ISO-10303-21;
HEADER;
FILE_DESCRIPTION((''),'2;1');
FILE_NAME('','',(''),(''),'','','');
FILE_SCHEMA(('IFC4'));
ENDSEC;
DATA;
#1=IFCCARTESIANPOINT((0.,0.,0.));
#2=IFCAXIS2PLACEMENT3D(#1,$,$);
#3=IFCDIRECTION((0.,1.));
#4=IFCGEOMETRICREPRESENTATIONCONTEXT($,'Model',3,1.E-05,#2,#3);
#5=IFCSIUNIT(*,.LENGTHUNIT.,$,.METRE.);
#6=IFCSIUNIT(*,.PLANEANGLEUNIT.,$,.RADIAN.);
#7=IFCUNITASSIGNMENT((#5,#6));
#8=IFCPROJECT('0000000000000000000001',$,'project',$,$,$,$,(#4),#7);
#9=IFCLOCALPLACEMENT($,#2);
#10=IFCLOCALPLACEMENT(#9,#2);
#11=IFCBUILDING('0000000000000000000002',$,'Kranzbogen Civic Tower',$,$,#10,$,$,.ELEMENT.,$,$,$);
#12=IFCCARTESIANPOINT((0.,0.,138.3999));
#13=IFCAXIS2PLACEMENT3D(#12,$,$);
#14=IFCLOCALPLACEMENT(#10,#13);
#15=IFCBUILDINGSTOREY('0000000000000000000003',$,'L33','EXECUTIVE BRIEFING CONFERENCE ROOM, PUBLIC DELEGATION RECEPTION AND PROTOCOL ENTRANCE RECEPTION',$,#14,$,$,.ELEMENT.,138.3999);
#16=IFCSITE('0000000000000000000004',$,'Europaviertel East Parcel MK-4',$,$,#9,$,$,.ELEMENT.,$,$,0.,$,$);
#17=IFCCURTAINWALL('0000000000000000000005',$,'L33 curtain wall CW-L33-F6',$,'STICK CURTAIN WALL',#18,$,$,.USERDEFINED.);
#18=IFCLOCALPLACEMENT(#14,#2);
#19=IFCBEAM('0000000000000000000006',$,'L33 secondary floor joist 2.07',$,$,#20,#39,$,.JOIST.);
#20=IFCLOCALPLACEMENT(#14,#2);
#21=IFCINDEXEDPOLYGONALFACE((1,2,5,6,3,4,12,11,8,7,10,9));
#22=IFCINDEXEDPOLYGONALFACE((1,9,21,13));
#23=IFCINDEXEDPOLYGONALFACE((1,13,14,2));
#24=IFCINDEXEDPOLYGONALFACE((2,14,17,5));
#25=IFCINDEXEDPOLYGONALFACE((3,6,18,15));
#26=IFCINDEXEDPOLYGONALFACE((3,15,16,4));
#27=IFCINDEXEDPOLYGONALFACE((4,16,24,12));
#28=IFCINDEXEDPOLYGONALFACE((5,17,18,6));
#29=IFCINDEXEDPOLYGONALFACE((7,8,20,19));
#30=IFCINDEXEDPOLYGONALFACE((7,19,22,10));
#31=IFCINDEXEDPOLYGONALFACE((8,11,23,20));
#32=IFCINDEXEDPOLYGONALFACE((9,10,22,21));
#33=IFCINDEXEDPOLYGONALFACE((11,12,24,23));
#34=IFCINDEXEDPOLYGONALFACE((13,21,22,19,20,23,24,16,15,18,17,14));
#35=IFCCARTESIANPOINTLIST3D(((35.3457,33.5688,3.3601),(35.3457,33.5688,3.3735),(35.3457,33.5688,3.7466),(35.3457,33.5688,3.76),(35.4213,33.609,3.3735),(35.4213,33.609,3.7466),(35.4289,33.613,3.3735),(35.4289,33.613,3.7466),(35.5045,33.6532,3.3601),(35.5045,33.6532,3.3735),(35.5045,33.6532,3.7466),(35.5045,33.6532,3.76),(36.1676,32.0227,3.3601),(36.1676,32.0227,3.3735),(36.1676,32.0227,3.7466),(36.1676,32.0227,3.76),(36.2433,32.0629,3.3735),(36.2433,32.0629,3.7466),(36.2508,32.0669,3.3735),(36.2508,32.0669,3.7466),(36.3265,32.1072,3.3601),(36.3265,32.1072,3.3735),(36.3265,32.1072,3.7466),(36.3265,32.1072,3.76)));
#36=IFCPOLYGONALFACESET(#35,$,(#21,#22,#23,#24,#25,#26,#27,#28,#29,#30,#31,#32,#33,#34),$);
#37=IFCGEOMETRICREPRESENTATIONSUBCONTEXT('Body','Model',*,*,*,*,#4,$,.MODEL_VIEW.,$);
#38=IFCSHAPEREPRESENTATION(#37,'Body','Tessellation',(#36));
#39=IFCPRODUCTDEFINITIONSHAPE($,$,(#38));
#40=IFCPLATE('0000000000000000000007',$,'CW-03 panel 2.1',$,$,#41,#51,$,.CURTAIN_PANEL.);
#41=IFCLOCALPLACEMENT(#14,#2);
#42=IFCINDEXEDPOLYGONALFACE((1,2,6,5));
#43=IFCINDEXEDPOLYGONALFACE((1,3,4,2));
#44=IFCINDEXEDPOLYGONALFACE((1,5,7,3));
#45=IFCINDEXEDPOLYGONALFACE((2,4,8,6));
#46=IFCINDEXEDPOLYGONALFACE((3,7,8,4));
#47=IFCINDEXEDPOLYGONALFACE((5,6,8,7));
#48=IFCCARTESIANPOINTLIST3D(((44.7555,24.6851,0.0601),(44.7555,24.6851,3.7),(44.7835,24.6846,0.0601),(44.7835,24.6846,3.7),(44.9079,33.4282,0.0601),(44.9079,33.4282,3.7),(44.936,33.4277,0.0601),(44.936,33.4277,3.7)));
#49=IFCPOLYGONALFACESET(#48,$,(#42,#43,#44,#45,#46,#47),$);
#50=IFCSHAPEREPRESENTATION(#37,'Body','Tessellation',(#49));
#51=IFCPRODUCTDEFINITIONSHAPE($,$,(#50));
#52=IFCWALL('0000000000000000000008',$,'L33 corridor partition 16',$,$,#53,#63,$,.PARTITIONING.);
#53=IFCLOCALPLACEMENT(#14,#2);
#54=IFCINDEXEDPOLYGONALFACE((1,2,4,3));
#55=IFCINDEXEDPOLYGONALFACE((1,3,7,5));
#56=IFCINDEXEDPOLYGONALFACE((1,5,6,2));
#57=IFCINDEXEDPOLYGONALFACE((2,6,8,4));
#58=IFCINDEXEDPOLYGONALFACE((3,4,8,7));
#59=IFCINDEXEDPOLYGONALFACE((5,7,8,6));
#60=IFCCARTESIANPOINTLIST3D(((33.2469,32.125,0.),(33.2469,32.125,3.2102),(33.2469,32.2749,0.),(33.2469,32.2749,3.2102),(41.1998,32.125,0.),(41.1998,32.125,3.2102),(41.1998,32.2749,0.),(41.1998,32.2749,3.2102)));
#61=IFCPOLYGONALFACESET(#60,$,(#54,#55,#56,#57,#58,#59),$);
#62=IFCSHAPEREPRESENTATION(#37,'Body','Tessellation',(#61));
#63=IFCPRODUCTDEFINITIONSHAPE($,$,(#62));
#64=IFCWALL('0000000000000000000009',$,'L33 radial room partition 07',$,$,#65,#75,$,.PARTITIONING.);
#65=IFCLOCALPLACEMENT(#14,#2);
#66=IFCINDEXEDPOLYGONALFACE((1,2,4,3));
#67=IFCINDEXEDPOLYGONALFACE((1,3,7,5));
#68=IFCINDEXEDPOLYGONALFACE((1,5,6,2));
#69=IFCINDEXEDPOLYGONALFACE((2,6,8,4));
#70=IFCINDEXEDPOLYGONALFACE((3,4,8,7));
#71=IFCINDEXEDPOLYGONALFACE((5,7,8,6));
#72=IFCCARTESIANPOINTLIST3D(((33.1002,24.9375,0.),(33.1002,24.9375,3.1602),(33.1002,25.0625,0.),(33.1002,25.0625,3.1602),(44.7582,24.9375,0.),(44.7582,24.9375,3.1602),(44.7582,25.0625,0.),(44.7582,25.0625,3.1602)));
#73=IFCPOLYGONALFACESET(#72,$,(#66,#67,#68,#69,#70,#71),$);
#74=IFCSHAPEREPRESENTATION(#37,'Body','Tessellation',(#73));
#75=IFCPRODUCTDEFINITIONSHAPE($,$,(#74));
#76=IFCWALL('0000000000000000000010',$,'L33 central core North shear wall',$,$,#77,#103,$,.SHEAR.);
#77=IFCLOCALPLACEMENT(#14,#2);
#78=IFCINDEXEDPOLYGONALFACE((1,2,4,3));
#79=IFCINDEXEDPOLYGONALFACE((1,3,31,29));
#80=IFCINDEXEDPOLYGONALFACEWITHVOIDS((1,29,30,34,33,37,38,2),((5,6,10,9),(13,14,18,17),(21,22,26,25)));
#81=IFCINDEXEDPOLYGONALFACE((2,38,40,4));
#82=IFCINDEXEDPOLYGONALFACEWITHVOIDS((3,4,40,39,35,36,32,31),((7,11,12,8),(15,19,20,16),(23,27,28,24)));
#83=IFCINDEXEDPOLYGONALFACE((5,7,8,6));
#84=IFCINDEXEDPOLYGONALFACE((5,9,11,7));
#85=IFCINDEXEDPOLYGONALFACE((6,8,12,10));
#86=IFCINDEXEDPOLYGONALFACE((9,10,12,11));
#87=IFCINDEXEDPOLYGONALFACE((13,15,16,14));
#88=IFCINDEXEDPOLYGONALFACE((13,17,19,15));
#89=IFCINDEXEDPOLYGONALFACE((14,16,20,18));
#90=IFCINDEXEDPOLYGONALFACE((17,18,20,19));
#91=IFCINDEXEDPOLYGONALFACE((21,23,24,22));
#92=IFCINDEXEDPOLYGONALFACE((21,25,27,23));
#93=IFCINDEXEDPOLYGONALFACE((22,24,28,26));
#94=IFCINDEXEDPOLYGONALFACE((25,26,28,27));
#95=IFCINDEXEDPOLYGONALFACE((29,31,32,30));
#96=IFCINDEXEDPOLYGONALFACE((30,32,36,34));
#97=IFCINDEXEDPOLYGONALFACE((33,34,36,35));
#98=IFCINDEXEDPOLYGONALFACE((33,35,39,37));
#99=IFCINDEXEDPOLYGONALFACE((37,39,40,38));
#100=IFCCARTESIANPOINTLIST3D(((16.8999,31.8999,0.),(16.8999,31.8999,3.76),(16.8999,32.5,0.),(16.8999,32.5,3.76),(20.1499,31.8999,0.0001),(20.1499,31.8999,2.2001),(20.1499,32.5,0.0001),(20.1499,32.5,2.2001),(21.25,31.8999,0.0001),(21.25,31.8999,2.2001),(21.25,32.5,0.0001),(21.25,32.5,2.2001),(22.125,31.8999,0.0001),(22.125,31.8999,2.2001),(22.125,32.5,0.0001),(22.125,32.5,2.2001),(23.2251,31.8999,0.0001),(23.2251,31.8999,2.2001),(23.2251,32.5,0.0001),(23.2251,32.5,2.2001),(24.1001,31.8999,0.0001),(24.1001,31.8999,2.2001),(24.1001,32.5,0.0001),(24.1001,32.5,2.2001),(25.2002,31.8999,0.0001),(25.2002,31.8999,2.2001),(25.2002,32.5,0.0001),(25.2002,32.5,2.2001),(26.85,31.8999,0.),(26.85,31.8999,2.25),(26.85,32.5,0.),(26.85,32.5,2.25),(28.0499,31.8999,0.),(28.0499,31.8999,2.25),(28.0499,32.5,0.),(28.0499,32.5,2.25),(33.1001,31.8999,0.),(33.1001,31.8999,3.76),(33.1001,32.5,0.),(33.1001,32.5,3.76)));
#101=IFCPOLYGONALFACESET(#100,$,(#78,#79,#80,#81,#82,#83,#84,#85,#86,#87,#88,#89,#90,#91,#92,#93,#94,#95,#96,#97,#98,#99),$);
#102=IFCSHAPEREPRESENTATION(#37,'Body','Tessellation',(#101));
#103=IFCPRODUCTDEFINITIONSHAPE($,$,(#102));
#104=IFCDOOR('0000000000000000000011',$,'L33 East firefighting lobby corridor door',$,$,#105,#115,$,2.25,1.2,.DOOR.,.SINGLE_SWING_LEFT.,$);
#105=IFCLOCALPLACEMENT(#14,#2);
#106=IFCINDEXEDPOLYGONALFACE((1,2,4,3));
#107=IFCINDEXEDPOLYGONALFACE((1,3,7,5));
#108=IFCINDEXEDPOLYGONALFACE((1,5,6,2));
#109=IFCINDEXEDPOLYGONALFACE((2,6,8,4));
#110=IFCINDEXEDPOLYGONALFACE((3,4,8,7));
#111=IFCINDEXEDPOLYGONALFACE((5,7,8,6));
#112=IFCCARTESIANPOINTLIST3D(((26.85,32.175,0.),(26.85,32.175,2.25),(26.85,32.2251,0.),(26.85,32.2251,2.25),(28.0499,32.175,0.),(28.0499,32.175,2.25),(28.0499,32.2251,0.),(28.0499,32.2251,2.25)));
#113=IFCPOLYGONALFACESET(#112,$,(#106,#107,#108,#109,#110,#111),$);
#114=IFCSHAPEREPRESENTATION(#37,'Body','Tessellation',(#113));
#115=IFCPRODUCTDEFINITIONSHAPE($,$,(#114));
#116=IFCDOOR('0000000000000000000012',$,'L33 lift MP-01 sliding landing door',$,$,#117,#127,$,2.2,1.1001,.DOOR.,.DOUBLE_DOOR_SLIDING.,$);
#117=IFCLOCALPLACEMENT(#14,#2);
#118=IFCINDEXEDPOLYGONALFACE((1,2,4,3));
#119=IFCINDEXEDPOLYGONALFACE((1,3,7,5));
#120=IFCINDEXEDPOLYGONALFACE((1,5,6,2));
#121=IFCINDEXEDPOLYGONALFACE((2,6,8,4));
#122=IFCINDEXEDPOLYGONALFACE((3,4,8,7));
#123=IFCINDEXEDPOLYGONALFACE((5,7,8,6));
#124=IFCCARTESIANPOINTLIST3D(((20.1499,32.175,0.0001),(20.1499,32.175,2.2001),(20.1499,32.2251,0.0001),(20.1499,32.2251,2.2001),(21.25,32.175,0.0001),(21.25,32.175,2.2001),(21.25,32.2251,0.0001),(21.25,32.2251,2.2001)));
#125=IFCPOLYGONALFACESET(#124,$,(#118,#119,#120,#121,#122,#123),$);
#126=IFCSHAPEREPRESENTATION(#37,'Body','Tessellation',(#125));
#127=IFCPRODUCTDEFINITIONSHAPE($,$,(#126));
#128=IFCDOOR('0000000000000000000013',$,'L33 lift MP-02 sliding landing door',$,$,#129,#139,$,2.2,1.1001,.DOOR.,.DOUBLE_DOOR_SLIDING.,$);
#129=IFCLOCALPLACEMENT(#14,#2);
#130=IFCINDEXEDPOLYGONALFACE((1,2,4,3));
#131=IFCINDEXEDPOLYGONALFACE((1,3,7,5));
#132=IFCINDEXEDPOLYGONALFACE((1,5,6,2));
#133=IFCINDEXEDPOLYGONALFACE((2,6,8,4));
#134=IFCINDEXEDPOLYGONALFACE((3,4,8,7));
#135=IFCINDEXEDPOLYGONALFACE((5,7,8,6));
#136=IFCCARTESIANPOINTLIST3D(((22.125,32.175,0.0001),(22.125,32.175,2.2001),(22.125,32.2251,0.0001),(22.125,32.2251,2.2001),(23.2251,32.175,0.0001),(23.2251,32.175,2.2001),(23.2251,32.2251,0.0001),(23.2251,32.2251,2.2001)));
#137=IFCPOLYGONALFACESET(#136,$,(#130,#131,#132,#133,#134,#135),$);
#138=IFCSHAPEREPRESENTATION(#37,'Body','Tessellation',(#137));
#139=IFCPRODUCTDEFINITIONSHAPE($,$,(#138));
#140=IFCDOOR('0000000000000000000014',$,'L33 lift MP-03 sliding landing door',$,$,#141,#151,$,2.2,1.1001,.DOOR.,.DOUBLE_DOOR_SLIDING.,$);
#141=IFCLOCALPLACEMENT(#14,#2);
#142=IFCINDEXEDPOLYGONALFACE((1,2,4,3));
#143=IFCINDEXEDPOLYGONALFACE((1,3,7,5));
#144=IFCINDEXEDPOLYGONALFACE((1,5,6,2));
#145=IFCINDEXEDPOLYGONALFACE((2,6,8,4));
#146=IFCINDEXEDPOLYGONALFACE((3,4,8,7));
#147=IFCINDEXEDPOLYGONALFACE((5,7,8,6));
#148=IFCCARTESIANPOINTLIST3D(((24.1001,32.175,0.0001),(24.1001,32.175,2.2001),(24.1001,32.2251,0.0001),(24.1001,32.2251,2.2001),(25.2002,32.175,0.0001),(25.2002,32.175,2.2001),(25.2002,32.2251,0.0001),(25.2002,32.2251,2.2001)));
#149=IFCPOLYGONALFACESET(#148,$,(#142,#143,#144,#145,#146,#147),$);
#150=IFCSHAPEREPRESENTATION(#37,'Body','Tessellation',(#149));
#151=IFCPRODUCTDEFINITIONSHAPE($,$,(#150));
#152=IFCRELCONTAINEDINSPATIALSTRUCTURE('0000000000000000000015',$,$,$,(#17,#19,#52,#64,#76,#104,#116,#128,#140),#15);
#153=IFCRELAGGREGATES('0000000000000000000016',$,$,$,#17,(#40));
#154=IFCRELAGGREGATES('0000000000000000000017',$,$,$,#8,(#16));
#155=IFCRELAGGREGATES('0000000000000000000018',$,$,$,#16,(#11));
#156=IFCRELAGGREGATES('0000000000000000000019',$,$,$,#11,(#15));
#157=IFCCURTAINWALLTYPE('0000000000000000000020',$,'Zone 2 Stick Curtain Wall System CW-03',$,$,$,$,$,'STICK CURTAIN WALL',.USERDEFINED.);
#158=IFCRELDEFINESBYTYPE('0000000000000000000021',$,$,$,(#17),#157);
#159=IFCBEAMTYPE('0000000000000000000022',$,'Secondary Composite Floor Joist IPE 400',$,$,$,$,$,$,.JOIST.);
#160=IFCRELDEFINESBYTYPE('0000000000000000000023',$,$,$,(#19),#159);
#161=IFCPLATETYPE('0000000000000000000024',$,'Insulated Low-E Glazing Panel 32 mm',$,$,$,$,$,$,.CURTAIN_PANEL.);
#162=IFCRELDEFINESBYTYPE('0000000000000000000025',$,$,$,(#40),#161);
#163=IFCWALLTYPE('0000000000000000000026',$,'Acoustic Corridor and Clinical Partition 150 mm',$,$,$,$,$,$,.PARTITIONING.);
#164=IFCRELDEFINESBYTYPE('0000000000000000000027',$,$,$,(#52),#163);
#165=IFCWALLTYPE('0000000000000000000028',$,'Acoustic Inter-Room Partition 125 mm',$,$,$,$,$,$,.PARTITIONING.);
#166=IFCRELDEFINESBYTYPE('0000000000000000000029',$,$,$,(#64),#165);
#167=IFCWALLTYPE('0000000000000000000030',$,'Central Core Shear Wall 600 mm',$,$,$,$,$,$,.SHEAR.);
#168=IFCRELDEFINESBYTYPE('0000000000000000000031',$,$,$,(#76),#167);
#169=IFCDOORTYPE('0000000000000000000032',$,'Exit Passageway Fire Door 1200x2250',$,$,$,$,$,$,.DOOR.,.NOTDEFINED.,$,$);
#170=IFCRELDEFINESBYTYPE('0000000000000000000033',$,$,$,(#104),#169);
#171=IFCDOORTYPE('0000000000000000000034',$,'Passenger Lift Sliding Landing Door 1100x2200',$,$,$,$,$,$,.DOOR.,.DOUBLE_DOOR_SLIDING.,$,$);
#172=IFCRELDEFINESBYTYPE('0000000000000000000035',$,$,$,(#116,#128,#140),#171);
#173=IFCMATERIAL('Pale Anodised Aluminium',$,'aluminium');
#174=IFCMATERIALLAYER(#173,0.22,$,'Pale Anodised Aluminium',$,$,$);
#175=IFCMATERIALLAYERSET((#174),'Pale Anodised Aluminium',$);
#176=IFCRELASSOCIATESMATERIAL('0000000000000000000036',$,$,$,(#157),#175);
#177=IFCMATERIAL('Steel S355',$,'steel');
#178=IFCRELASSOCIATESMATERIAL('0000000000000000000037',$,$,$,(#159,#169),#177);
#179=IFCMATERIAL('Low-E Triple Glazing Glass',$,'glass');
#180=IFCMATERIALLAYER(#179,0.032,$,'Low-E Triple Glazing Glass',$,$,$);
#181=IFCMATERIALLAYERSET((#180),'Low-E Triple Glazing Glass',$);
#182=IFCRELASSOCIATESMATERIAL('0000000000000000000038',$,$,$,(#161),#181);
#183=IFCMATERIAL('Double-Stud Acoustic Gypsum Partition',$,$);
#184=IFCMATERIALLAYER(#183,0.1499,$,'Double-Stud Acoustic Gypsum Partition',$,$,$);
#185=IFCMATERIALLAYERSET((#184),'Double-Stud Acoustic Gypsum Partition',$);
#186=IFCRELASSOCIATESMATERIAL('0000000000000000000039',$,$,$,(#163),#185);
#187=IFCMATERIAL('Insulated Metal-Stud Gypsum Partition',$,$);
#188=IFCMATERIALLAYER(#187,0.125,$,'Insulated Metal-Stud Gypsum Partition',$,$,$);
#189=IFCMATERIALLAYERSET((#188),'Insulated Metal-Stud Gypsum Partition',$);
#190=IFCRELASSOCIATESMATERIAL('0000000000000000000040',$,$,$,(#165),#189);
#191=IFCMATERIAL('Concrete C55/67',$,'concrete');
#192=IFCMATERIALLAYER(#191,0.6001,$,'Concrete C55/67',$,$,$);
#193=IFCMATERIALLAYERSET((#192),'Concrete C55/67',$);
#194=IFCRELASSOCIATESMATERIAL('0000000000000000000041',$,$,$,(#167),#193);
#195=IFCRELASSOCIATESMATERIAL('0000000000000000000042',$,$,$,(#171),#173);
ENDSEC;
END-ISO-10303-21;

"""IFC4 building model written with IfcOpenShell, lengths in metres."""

from ifc_helpers import new_model, si_unit, direction, frame, frame_2d, origin, origin_2d, place, context, subcontext, project, spatial, rectangle, i_section, extrude, material, layer, layer_set, material_profile, profile_set, type_object, element, fill, aggregate, save


model = new_model("IFC4")

# Units and contexts
model_context = context("Model", 3, precision=1e-05, world=origin(), true_north=direction((0.0, 1.0)))
body_context = subcontext(model_context, "Body", "Model", "MODEL_VIEW")
ifc_project = project(units=[si_unit("LENGTHUNIT", "METRE"), si_unit("PLANEANGLEUNIT", "RADIAN")], contexts=[model_context])

# Site, building, storey
site_placement = place(None, origin())
site = spatial("IfcSite", under=ifc_project, at=site_placement, Name="Europaviertel East Parcel MK-4", CompositionType="ELEMENT", RefElevation=0.0)
building_placement = place(site_placement, origin())
building = spatial("IfcBuilding", under=site, at=building_placement, Name="Kranzbogen Civic Tower", CompositionType="ELEMENT")
storey_placement = place(building_placement, frame((0.0, 0.0, 138.3999)))
storey = spatial("IfcBuildingStorey", under=building, at=storey_placement, Name="L33", Description="EXECUTIVE BRIEFING CONFERENCE ROOM, PUBLIC DELEGATION RECEPTION AND PROTOCOL ENTRANCE RECEPTION", CompositionType="ELEMENT", Elevation=138.3999)

# Shared definitions
ifc_material_1 = material(Name="Steel S355", Category="steel")

# Curtain wall
ifc_material_2 = material(Name="Pale Anodised Aluminium", Category="aluminium")
ifc_layer_1 = layer(ifc_material_2, 0.22, Name="Pale Anodised Aluminium")
ifc_layer_set_1 = layer_set([ifc_layer_1], Name="Pale Anodised Aluminium")
curtain_wall_type = type_object("IfcCurtainWallType", Name="Zone 2 Stick Curtain Wall System CW-03", ElementType="STICK CURTAIN WALL", PredefinedType="USERDEFINED", material=ifc_layer_set_1)
curtain_wall_placement = place(storey_placement, origin())
curtain_wall = element("IfcCurtainWall", 1, at=curtain_wall_placement, inside=storey, type_object=curtain_wall_type, Name="L33 curtain wall CW-L33-F6", ObjectType="STICK CURTAIN WALL", PredefinedType="USERDEFINED")

# Beam
ifc_material_profile_1 = material_profile(ifc_material_1, i_section(OverallWidth=0.1799, OverallDepth=0.3999, WebThickness=0.0085, FlangeThickness=0.0134, at=origin_2d()), Name="IPE 400")
ifc_profile_set_1 = profile_set([ifc_material_profile_1], Name="Steel S355")
beam_type_1 = type_object("IfcBeamType", Name="Secondary Composite Floor Joist IPE 400", PredefinedType="JOIST", material=ifc_profile_set_1)
beam_1_placement = place(storey_placement, frame((36.2471, 32.0649, 3.5601), z_axis=(-0.469437, 0.882966, 0.0), x_axis=(-0.882966, -0.469437, 0.0)))
element("IfcBeam", 2, at=beam_1_placement, inside=storey, type_object=beam_type_1, Name="L33 secondary floor joist 2.07", PredefinedType="JOIST", context=body_context, shape_type="SweptSolid", body=[
    extrude(i_section(OverallWidth=0.1799, OverallDepth=0.3999, WebThickness=0.0085, FlangeThickness=0.0134, at=origin_2d()), origin(), (0.0, 0.0, 1.0), 1.751),
])

# Plate
ifc_material_3 = material(Name="Low-E Triple Glazing Glass", Category="glass")
ifc_layer_2 = layer(ifc_material_3, 0.032, Name="Low-E Triple Glazing Glass")
ifc_layer_set_2 = layer_set([ifc_layer_2], Name="Low-E Triple Glazing Glass")
plate_type = type_object("IfcPlateType", Name="Insulated Low-E Glazing Panel 32 mm", PredefinedType="CURTAIN_PANEL", material=ifc_layer_set_2)
plate_placement = place(storey_placement, frame((44.8457, 29.0564, 0.0601), z_axis=(0.0, 0.0, 1.0), x_axis=(0.017432, 0.999848, 0.0)))
plate = element("IfcPlate", 3, at=plate_placement, type_object=plate_type, Name="CW-03 panel 2.1", PredefinedType="CURTAIN_PANEL", context=body_context, shape_type="SweptSolid", body=[
    extrude(rectangle(XDim=8.7444, YDim=0.0281, at=origin_2d()), origin(), (0.0, 0.0, 1.0), 3.6399),
])
aggregate(curtain_wall, [plate])

# Walls
ifc_material_4 = material(Name="Double-Stud Acoustic Gypsum Partition")
ifc_layer_3 = layer(ifc_material_4, 0.1499, Name="Double-Stud Acoustic Gypsum Partition")
ifc_layer_set_3 = layer_set([ifc_layer_3], Name="Double-Stud Acoustic Gypsum Partition")
wall_type_1 = type_object("IfcWallType", Name="Acoustic Corridor and Clinical Partition 150 mm", PredefinedType="PARTITIONING", material=ifc_layer_set_3)
wall_1_placement = place(storey_placement, frame((41.2, 32.2, 0.0), z_axis=(0.0, 0.0, 1.0), x_axis=(-1.0, 0.0, 0.0)))
element("IfcWall", 4, at=wall_1_placement, inside=storey, type_object=wall_type_1, Name="L33 corridor partition 16", PredefinedType="PARTITIONING", context=body_context, shape_type="SweptSolid", body=[
    extrude(rectangle(XDim=7.9529, YDim=0.1499, at=frame_2d((3.9766, 0.0))), origin(), (0.0, 0.0, 1.0), 3.2102),
])
ifc_material_5 = material(Name="Insulated Metal-Stud Gypsum Partition")
ifc_layer_4 = layer(ifc_material_5, 0.125, Name="Insulated Metal-Stud Gypsum Partition")
ifc_layer_set_4 = layer_set([ifc_layer_4], Name="Insulated Metal-Stud Gypsum Partition")
wall_type_2 = type_object("IfcWallType", Name="Acoustic Inter-Room Partition 125 mm", PredefinedType="PARTITIONING", material=ifc_layer_set_4)
wall_2_placement = place(storey_placement, frame((33.1001, 25.0, 0.0), z_axis=(0.0, 0.0, 1.0), x_axis=(1.0, 0.0, 0.0)))
element("IfcWall", 5, at=wall_2_placement, inside=storey, type_object=wall_type_2, Name="L33 radial room partition 07", PredefinedType="PARTITIONING", context=body_context, shape_type="SweptSolid", body=[
    extrude(rectangle(XDim=11.658, YDim=0.125, at=frame_2d((5.8291, 0.0))), origin(), (0.0, 0.0, 1.0), 3.1602),
])

# Wall, openings, doors
ifc_material_6 = material(Name="Concrete C55/67", Category="concrete")
ifc_layer_5 = layer(ifc_material_6, 0.6001, Name="Concrete C55/67")
ifc_layer_set_5 = layer_set([ifc_layer_5], Name="Concrete C55/67")
wall_type_3 = type_object("IfcWallType", Name="Central Core Shear Wall 600 mm", PredefinedType="SHEAR", material=ifc_layer_set_5)
wall_3_placement = place(storey_placement, frame((33.1001, 32.2, 0.0), z_axis=(0.0, 0.0, 1.0), x_axis=(-1.0, 0.0, 0.0)))
wall_3 = element("IfcWall", 6, at=wall_3_placement, inside=storey, type_object=wall_type_3, Name="L33 central core North shear wall", PredefinedType="SHEAR", context=body_context, shape_type="SweptSolid", body=[
    extrude(rectangle(XDim=16.2002, YDim=0.6001, at=frame_2d((8.1001, 0.0))), origin(), (0.0, 0.0, 1.0), 3.76),
])
opening_1_placement = place(wall_3_placement, frame((5.05, 0.0, 0.0)))
opening_1 = element("IfcOpeningElement", 7, at=opening_1_placement, cuts=wall_3, PredefinedType="OPENING", context=body_context, shape_type="SweptSolid", body=[
    extrude(rectangle(XDim=1.2, YDim=2.25, at=frame_2d((0.6001, 1.125))), frame((0.0, 0.3101, 0.0), z_axis=(0.0, -1.0, 0.0), x_axis=(1.0, 0.0, 0.0)), (0.0, 0.0, 1.0), 0.6201),
])
opening_2_placement = place(wall_3_placement, frame((11.8501, 0.0, 0.0)))
opening_2 = element("IfcOpeningElement", 8, at=opening_2_placement, cuts=wall_3, PredefinedType="OPENING", context=body_context, shape_type="SweptSolid", body=[
    extrude(rectangle(XDim=1.1001, YDim=2.2, at=frame_2d((0.55, 1.1001))), frame((0.0, 0.3101, 0.0), z_axis=(0.0, -1.0, 0.0), x_axis=(1.0, 0.0, 0.0)), (0.0, 0.0, 1.0), 0.6201),
])
opening_3_placement = place(wall_3_placement, frame((9.875, 0.0, 0.0)))
opening_3 = element("IfcOpeningElement", 9, at=opening_3_placement, cuts=wall_3, PredefinedType="OPENING", context=body_context, shape_type="SweptSolid", body=[
    extrude(rectangle(XDim=1.1001, YDim=2.2, at=frame_2d((0.55, 1.1001))), frame((0.0, 0.3101, 0.0), z_axis=(0.0, -1.0, 0.0), x_axis=(1.0, 0.0, 0.0)), (0.0, 0.0, 1.0), 0.6201),
])
opening_4_placement = place(wall_3_placement, frame((7.8999, 0.0, 0.0)))
opening_4 = element("IfcOpeningElement", 10, at=opening_4_placement, cuts=wall_3, PredefinedType="OPENING", context=body_context, shape_type="SweptSolid", body=[
    extrude(rectangle(XDim=1.1001, YDim=2.2, at=frame_2d((0.55, 1.1001))), frame((0.0, 0.3101, 0.0), z_axis=(0.0, -1.0, 0.0), x_axis=(1.0, 0.0, 0.0)), (0.0, 0.0, 1.0), 0.6201),
])
door_type_1 = type_object("IfcDoorType", Name="Exit Passageway Fire Door 1200x2250", OperationType="NOTDEFINED", PredefinedType="DOOR", material=ifc_material_1)
door_1_placement = place(opening_1_placement, origin())
door_1 = element("IfcDoor", 11, at=door_1_placement, inside=storey, type_object=door_type_1, Name="L33 East firefighting lobby corridor door", OperationType="SINGLE_SWING_LEFT", OverallHeight=2.25, OverallWidth=1.2, PredefinedType="DOOR", context=body_context, shape_type="SweptSolid", body=[
    extrude(rectangle(XDim=1.2, YDim=2.25, at=frame_2d((0.6001, 1.125))), frame((0.0, 0.0249, 0.0), z_axis=(0.0, -1.0, 0.0), x_axis=(1.0, 0.0, 0.0)), (0.0, 0.0, 1.0), 0.05),
])
fill(opening_1, door_1)
door_type_2 = type_object("IfcDoorType", Name="Passenger Lift Sliding Landing Door 1100x2200", OperationType="DOUBLE_DOOR_SLIDING", PredefinedType="DOOR", material=ifc_material_2)
door_2_placement = place(opening_2_placement, origin())
door_2 = element("IfcDoor", 12, at=door_2_placement, inside=storey, type_object=door_type_2, Name="L33 lift MP-01 sliding landing door", OperationType="DOUBLE_DOOR_SLIDING", OverallHeight=2.2, OverallWidth=1.1001, PredefinedType="DOOR", context=body_context, shape_type="SweptSolid", body=[
    extrude(rectangle(XDim=1.1001, YDim=2.2, at=frame_2d((0.55, 1.1001))), frame((0.0, 0.0249, 0.0), z_axis=(0.0, -1.0, 0.0), x_axis=(1.0, 0.0, 0.0)), (0.0, 0.0, 1.0), 0.05),
])
fill(opening_2, door_2)
door_3_placement = place(opening_3_placement, origin())
door_3 = element("IfcDoor", 13, at=door_3_placement, inside=storey, type_object=door_type_2, Name="L33 lift MP-02 sliding landing door", OperationType="DOUBLE_DOOR_SLIDING", OverallHeight=2.2, OverallWidth=1.1001, PredefinedType="DOOR", context=body_context, shape_type="SweptSolid", body=[
    extrude(rectangle(XDim=1.1001, YDim=2.2, at=frame_2d((0.55, 1.1001))), frame((0.0, 0.0249, 0.0), z_axis=(0.0, -1.0, 0.0), x_axis=(1.0, 0.0, 0.0)), (0.0, 0.0, 1.0), 0.05),
])
fill(opening_3, door_3)
door_4_placement = place(opening_4_placement, origin())
door_4 = element("IfcDoor", 14, at=door_4_placement, inside=storey, type_object=door_type_2, Name="L33 lift MP-03 sliding landing door", OperationType="DOUBLE_DOOR_SLIDING", OverallHeight=2.2, OverallWidth=1.1001, PredefinedType="DOOR", context=body_context, shape_type="SweptSolid", body=[
    extrude(rectangle(XDim=1.1001, YDim=2.2, at=frame_2d((0.55, 1.1001))), frame((0.0, 0.0249, 0.0), z_axis=(0.0, -1.0, 0.0), x_axis=(1.0, 0.0, 0.0)), (0.0, 0.0, 1.0), 0.05),
])
fill(opening_4, door_4)

save(model, "model.ifc")
